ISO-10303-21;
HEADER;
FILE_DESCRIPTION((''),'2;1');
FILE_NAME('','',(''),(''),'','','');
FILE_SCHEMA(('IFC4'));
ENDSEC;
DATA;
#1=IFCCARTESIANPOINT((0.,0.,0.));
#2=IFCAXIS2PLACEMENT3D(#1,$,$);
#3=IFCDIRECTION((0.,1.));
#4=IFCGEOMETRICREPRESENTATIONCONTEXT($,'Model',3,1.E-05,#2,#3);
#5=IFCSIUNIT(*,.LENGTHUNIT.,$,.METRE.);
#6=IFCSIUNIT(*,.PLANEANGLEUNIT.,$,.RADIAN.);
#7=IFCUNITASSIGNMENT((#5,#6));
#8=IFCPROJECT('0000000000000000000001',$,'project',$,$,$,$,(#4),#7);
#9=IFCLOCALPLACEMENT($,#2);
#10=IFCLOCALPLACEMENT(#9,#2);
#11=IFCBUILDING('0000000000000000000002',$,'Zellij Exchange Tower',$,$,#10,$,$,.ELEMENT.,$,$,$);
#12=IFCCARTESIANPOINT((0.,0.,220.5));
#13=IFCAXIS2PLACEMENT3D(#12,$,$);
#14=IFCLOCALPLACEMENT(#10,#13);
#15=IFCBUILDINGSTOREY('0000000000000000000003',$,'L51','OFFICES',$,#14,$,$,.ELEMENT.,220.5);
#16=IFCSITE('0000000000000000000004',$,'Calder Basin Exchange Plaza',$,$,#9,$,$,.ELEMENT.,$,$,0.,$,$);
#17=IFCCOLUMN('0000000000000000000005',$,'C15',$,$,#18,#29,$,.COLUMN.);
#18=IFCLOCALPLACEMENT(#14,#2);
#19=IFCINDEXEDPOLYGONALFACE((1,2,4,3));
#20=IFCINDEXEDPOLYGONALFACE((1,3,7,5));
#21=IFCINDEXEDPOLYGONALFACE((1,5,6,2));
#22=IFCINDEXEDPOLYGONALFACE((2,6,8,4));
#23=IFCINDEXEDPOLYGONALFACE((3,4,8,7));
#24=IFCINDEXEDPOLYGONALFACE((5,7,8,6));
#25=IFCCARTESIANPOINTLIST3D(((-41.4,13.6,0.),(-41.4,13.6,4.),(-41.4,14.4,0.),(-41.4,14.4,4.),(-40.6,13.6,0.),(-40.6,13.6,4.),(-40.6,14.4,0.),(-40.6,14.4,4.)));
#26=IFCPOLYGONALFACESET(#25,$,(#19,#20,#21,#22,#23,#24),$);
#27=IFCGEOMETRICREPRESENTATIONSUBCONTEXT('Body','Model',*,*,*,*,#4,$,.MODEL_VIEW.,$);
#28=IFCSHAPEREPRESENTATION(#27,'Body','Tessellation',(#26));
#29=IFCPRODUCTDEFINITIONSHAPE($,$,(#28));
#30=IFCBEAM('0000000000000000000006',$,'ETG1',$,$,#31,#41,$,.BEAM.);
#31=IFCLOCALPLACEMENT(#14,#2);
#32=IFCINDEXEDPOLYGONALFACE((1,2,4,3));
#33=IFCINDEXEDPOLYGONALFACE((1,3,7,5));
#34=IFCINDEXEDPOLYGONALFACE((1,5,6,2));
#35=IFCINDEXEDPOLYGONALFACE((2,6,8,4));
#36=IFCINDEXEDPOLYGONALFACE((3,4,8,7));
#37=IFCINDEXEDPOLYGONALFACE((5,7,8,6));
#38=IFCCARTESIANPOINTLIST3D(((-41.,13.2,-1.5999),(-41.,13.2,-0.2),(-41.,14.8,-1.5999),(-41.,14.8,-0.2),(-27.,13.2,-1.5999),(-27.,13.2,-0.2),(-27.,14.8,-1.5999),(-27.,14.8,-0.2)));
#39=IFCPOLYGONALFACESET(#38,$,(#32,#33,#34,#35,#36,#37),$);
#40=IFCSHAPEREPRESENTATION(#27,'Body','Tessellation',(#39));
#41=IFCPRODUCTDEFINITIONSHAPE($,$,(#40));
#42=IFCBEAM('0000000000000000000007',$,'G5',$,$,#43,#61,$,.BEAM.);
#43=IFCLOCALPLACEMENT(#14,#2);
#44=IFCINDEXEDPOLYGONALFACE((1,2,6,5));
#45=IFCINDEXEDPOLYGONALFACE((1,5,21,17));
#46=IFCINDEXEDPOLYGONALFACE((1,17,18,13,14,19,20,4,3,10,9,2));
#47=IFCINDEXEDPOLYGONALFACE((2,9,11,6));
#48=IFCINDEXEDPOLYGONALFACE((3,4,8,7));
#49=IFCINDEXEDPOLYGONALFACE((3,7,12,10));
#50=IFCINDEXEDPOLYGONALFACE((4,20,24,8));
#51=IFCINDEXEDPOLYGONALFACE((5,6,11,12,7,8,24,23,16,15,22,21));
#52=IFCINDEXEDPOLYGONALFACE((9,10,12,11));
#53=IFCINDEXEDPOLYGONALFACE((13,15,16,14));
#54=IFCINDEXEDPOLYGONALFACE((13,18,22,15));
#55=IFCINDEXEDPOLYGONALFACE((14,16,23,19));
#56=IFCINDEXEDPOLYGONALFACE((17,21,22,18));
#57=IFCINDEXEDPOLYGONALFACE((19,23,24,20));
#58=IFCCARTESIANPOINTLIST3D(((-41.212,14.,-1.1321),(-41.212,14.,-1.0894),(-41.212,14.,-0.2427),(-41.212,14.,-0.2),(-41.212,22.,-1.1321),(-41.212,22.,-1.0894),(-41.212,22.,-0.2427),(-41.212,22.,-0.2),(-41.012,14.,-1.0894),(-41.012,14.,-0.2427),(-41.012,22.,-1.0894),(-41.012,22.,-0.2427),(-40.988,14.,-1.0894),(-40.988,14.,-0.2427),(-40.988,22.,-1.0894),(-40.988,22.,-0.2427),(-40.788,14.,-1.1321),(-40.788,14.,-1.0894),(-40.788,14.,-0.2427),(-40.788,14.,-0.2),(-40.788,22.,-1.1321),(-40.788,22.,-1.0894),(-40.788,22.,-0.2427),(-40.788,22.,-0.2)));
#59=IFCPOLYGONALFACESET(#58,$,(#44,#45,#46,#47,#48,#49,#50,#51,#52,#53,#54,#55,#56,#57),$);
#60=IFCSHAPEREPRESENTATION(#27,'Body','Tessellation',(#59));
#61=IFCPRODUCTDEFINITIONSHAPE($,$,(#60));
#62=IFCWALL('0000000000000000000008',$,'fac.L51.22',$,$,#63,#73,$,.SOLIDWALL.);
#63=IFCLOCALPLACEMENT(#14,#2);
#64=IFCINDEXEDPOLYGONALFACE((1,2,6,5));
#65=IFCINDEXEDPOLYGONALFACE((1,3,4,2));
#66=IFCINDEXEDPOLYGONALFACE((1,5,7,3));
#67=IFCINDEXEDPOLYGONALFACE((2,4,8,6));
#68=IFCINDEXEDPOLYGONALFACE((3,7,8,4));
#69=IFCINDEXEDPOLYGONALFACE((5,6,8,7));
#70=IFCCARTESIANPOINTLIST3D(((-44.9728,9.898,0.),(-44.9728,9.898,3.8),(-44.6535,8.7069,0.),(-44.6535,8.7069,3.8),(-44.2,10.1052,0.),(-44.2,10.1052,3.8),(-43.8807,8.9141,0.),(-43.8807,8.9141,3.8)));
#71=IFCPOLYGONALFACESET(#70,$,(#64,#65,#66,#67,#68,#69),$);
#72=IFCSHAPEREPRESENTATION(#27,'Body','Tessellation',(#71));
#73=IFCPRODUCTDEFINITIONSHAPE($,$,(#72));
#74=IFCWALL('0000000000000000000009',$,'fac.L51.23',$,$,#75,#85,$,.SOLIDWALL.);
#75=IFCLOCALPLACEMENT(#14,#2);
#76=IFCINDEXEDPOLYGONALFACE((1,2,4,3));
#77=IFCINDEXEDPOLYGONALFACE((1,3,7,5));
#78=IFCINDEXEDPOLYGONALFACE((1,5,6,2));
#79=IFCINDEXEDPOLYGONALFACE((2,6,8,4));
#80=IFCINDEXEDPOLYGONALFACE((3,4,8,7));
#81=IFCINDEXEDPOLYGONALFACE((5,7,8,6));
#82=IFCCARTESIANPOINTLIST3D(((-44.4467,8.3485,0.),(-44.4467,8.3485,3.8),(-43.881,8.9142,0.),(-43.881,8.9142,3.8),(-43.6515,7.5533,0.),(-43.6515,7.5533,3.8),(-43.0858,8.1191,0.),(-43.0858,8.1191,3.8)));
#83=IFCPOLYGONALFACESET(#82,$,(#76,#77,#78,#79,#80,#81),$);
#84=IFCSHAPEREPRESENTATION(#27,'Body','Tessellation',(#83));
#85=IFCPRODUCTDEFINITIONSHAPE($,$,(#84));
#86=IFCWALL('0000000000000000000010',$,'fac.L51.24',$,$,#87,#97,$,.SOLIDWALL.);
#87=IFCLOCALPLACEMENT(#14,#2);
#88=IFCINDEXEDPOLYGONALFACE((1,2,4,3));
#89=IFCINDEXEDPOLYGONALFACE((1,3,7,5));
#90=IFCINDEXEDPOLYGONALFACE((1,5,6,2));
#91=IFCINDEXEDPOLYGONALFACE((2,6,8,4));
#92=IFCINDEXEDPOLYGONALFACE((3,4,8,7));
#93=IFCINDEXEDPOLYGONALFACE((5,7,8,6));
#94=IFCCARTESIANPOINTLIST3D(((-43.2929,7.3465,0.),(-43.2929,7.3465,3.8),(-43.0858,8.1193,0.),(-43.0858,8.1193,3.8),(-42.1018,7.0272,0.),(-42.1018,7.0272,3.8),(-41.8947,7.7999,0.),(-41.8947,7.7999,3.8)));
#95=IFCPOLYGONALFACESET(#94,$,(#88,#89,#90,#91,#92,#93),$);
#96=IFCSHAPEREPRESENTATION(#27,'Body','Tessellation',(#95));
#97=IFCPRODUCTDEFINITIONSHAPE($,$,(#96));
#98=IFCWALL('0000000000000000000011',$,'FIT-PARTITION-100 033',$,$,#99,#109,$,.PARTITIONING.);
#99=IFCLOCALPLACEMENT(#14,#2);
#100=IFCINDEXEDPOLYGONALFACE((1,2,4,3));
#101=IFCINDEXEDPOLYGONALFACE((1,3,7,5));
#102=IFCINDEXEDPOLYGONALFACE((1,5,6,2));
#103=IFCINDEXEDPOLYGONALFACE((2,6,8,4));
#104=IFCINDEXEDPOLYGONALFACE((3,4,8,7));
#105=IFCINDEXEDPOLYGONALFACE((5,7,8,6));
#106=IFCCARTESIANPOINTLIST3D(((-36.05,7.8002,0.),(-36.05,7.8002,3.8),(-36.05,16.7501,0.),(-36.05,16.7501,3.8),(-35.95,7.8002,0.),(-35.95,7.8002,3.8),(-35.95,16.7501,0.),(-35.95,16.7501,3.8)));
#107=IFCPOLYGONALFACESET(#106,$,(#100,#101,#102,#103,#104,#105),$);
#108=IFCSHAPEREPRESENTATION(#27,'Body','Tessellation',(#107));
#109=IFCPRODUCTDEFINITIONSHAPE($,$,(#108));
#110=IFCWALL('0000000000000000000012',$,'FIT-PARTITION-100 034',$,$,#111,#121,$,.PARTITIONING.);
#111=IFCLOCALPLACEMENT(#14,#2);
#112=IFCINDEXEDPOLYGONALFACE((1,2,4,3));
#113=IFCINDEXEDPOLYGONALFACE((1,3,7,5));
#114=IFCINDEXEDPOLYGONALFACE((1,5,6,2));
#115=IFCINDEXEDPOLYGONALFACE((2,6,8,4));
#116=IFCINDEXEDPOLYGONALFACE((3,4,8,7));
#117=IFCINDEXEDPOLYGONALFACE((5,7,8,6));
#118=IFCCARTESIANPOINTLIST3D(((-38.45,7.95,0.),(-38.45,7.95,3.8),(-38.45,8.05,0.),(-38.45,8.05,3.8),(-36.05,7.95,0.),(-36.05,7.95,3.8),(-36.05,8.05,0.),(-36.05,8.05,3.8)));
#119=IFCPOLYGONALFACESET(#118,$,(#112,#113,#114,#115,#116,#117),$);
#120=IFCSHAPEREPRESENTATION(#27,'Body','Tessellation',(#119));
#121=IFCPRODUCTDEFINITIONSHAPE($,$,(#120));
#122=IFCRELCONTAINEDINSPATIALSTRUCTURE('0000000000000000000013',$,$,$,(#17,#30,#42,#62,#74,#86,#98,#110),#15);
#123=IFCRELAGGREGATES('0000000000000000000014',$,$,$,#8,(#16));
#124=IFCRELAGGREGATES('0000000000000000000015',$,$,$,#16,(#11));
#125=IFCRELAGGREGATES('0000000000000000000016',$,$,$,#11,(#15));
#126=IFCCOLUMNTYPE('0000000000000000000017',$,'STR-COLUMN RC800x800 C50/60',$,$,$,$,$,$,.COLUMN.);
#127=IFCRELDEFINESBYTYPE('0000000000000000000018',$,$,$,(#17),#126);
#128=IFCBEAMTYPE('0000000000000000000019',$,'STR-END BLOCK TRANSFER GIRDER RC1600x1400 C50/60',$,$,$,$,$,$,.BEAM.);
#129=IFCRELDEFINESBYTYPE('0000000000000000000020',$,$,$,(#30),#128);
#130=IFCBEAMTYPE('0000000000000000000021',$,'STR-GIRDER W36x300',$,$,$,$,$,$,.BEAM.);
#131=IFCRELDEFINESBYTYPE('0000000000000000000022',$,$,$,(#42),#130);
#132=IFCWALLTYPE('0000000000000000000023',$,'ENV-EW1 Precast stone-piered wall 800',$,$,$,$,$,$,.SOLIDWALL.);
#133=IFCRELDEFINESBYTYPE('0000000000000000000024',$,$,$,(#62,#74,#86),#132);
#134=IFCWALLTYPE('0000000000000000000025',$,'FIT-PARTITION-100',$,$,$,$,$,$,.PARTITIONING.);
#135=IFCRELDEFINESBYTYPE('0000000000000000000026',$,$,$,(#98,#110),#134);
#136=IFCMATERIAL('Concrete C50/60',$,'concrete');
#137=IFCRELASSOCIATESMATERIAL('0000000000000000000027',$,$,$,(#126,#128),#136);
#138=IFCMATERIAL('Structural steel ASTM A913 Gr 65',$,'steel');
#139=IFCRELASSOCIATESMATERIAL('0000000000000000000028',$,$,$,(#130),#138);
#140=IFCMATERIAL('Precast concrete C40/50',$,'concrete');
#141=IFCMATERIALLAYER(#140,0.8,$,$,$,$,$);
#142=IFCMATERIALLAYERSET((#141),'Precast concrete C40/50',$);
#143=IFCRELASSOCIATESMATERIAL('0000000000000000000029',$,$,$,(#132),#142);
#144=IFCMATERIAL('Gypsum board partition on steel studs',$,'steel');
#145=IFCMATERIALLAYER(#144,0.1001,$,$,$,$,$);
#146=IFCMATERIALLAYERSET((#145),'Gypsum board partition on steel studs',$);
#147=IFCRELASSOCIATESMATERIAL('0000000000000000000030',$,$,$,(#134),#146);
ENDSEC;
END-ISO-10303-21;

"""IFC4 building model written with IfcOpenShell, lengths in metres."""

from ifc_helpers import new_model, si_unit, direction, frame, frame_2d, origin, origin_2d, place, context, subcontext, project, spatial, rectangle, i_section, extrude, material, layer, layer_set, material_profile, profile_set, type_object, element, save


model = new_model("IFC4")

# Units and contexts
model_context = context("Model", 3, precision=1e-05, world=origin(), true_north=direction((0.0, 1.0)))
body_context = subcontext(model_context, "Body", "Model", "MODEL_VIEW")
ifc_project = project(units=[si_unit("LENGTHUNIT", "METRE"), si_unit("PLANEANGLEUNIT", "RADIAN")], contexts=[model_context])

# Site, building, storey
site_placement = place(None, origin())
site = spatial("IfcSite", under=ifc_project, at=site_placement, Name="Calder Basin Exchange Plaza", CompositionType="ELEMENT", RefElevation=0.0)
building_placement = place(site_placement, origin())
building = spatial("IfcBuilding", under=site, at=building_placement, Name="Zellij Exchange Tower", CompositionType="ELEMENT")
storey_placement = place(building_placement, frame((0.0, 0.0, 220.5)))
storey = spatial("IfcBuildingStorey", under=building, at=storey_placement, Name="L51", Description="OFFICES", CompositionType="ELEMENT", Elevation=220.5)

# Column
ifc_material_1 = material(Name="Concrete C50/60", Category="concrete")
ifc_material_profile_1 = material_profile(ifc_material_1, rectangle(XDim=0.8, YDim=0.8, at=origin_2d()), Name="STR-COLUMN RC800x800 C50/60")
ifc_profile_set_1 = profile_set([ifc_material_profile_1], Name="Concrete C50/60")
column_type = type_object("IfcColumnType", Name="STR-COLUMN RC800x800 C50/60", PredefinedType="COLUMN", material=ifc_profile_set_1)
column_placement = place(storey_placement, frame((-41.0, 14.0, 0.0), z_axis=(0.0, 0.0, 1.0), x_axis=(1.0, 0.0, 0.0)))
element("IfcColumn", 1, at=column_placement, inside=storey, type_object=column_type, Name="C15", PredefinedType="COLUMN", context=body_context, shape_type="SweptSolid", body=[
    extrude(rectangle(XDim=0.8, YDim=0.8, at=origin_2d()), origin(), (0.0, 0.0, 1.0), 4.0),
])

# Beams
ifc_material_profile_2 = material_profile(ifc_material_1, rectangle(XDim=1.6001, YDim=1.3999, at=origin_2d()), Name="STR-END BLOCK TRANSFER GIRDER RC1600x1400 C50/60")
ifc_profile_set_2 = profile_set([ifc_material_profile_2], Name="Concrete C50/60")
beam_type_1 = type_object("IfcBeamType", Name="STR-END BLOCK TRANSFER GIRDER RC1600x1400 C50/60", PredefinedType="BEAM", material=ifc_profile_set_2)
beam_1_placement = place(storey_placement, frame((-41.0, 14.0, -0.8999), z_axis=(1.0, 0.0, 0.0), x_axis=(0.0, 1.0, 0.0)))
element("IfcBeam", 2, at=beam_1_placement, inside=storey, type_object=beam_type_1, Name="ETG1", PredefinedType="BEAM", context=body_context, shape_type="SweptSolid", body=[
    extrude(rectangle(XDim=1.6001, YDim=1.3999, at=origin_2d()), origin(), (0.0, 0.0, 1.0), 14.0),
])
ifc_material_2 = material(Name="Structural steel ASTM A913 Gr 65", Category="steel")
ifc_material_profile_3 = material_profile(ifc_material_2, i_section(OverallWidth=0.4241, OverallDepth=0.9321, WebThickness=0.0239, FlangeThickness=0.0427, at=origin_2d()), Name="W36x300")
ifc_profile_set_3 = profile_set([ifc_material_profile_3], Name="Structural steel ASTM A913 Gr 65")
beam_type_2 = type_object("IfcBeamType", Name="STR-GIRDER W36x300", PredefinedType="BEAM", material=ifc_profile_set_3)
beam_2_placement = place(storey_placement, frame((-41.0, 14.0, -0.666), z_axis=(0.0, 1.0, 0.0), x_axis=(-1.0, 0.0, 0.0)))
element("IfcBeam", 3, at=beam_2_placement, inside=storey, type_object=beam_type_2, Name="G5", PredefinedType="BEAM", context=body_context, shape_type="SweptSolid", body=[
    extrude(i_section(OverallWidth=0.4241, OverallDepth=0.9321, WebThickness=0.0239, FlangeThickness=0.0427, at=origin_2d()), origin(), (0.0, 0.0, 1.0), 8.0),
])

# Walls
ifc_material_3 = material(Name="Precast concrete C40/50", Category="concrete")
ifc_layer_1 = layer(ifc_material_3, 0.8)
ifc_layer_set_1 = layer_set([ifc_layer_1], Name="Precast concrete C40/50")
wall_type_1 = type_object("IfcWallType", Name="ENV-EW1 Precast stone-piered wall 800", PredefinedType="SOLIDWALL", material=ifc_layer_set_1)
wall_1_placement = place(storey_placement, frame((-44.5864, 10.0017, 0.0), z_axis=(0.0, 0.0, 1.0), x_axis=(0.258944, -0.965892, 0.0)))
element("IfcWall", 4, at=wall_1_placement, inside=storey, type_object=wall_type_1, Name="fac.L51.22", PredefinedType="SOLIDWALL", context=body_context, shape_type="SweptSolid", body=[
    extrude(rectangle(XDim=1.2332, YDim=0.8, at=frame_2d((0.6167, 0.0))), origin(), (0.0, 0.0, 1.0), 3.8),
])
wall_2_placement = place(storey_placement, frame((-44.1638, 8.6313, 0.0), z_axis=(0.0, 0.0, 1.0), x_axis=(0.707107, -0.707107, 0.0)))
element("IfcWall", 5, at=wall_2_placement, inside=storey, type_object=wall_type_1, Name="fac.L51.23", PredefinedType="SOLIDWALL", context=body_context, shape_type="SweptSolid", body=[
    extrude(rectangle(XDim=1.1245, YDim=0.8, at=frame_2d((0.5623, 0.0))), origin(), (0.0, 0.0, 1.0), 3.8),
])
wall_3_placement = place(storey_placement, frame((-43.1895, 7.7329, 0.0), z_axis=(0.0, 0.0, 1.0), x_axis=(0.965892, -0.258944, 0.0)))
element("IfcWall", 6, at=wall_3_placement, inside=storey, type_object=wall_type_1, Name="fac.L51.24", PredefinedType="SOLIDWALL", context=body_context, shape_type="SweptSolid", body=[
    extrude(rectangle(XDim=1.2332, YDim=0.8, at=frame_2d((0.6167, 0.0))), origin(), (0.0, 0.0, 1.0), 3.8),
])
ifc_material_4 = material(Name="Gypsum board partition on steel studs", Category="steel")
ifc_layer_2 = layer(ifc_material_4, 0.1001)
ifc_layer_set_2 = layer_set([ifc_layer_2], Name="Gypsum board partition on steel studs")
wall_type_2 = type_object("IfcWallType", Name="FIT-PARTITION-100", PredefinedType="PARTITIONING", material=ifc_layer_set_2)
wall_4_placement = place(storey_placement, frame((-36.0, 7.8, 0.0), z_axis=(0.0, 0.0, 1.0), x_axis=(0.0, 1.0, 0.0)))
element("IfcWall", 7, at=wall_4_placement, inside=storey, type_object=wall_type_2, Name="FIT-PARTITION-100 033", PredefinedType="PARTITIONING", context=body_context, shape_type="SweptSolid", body=[
    extrude(rectangle(XDim=8.95, YDim=0.1001, at=frame_2d((4.4751, 0.0))), origin(), (0.0, 0.0, 1.0), 3.8),
])
wall_5_placement = place(storey_placement, frame((-38.45, 8.0, 0.0), z_axis=(0.0, 0.0, 1.0), x_axis=(1.0, 0.0, 0.0)))
element("IfcWall", 8, at=wall_5_placement, inside=storey, type_object=wall_type_2, Name="FIT-PARTITION-100 034", PredefinedType="PARTITIONING", context=body_context, shape_type="SweptSolid", body=[
    extrude(rectangle(XDim=2.3999, YDim=0.1001, at=frame_2d((1.2, 0.0))), origin(), (0.0, 0.0, 1.0), 3.8),
])

save(model, "model.ifc")
